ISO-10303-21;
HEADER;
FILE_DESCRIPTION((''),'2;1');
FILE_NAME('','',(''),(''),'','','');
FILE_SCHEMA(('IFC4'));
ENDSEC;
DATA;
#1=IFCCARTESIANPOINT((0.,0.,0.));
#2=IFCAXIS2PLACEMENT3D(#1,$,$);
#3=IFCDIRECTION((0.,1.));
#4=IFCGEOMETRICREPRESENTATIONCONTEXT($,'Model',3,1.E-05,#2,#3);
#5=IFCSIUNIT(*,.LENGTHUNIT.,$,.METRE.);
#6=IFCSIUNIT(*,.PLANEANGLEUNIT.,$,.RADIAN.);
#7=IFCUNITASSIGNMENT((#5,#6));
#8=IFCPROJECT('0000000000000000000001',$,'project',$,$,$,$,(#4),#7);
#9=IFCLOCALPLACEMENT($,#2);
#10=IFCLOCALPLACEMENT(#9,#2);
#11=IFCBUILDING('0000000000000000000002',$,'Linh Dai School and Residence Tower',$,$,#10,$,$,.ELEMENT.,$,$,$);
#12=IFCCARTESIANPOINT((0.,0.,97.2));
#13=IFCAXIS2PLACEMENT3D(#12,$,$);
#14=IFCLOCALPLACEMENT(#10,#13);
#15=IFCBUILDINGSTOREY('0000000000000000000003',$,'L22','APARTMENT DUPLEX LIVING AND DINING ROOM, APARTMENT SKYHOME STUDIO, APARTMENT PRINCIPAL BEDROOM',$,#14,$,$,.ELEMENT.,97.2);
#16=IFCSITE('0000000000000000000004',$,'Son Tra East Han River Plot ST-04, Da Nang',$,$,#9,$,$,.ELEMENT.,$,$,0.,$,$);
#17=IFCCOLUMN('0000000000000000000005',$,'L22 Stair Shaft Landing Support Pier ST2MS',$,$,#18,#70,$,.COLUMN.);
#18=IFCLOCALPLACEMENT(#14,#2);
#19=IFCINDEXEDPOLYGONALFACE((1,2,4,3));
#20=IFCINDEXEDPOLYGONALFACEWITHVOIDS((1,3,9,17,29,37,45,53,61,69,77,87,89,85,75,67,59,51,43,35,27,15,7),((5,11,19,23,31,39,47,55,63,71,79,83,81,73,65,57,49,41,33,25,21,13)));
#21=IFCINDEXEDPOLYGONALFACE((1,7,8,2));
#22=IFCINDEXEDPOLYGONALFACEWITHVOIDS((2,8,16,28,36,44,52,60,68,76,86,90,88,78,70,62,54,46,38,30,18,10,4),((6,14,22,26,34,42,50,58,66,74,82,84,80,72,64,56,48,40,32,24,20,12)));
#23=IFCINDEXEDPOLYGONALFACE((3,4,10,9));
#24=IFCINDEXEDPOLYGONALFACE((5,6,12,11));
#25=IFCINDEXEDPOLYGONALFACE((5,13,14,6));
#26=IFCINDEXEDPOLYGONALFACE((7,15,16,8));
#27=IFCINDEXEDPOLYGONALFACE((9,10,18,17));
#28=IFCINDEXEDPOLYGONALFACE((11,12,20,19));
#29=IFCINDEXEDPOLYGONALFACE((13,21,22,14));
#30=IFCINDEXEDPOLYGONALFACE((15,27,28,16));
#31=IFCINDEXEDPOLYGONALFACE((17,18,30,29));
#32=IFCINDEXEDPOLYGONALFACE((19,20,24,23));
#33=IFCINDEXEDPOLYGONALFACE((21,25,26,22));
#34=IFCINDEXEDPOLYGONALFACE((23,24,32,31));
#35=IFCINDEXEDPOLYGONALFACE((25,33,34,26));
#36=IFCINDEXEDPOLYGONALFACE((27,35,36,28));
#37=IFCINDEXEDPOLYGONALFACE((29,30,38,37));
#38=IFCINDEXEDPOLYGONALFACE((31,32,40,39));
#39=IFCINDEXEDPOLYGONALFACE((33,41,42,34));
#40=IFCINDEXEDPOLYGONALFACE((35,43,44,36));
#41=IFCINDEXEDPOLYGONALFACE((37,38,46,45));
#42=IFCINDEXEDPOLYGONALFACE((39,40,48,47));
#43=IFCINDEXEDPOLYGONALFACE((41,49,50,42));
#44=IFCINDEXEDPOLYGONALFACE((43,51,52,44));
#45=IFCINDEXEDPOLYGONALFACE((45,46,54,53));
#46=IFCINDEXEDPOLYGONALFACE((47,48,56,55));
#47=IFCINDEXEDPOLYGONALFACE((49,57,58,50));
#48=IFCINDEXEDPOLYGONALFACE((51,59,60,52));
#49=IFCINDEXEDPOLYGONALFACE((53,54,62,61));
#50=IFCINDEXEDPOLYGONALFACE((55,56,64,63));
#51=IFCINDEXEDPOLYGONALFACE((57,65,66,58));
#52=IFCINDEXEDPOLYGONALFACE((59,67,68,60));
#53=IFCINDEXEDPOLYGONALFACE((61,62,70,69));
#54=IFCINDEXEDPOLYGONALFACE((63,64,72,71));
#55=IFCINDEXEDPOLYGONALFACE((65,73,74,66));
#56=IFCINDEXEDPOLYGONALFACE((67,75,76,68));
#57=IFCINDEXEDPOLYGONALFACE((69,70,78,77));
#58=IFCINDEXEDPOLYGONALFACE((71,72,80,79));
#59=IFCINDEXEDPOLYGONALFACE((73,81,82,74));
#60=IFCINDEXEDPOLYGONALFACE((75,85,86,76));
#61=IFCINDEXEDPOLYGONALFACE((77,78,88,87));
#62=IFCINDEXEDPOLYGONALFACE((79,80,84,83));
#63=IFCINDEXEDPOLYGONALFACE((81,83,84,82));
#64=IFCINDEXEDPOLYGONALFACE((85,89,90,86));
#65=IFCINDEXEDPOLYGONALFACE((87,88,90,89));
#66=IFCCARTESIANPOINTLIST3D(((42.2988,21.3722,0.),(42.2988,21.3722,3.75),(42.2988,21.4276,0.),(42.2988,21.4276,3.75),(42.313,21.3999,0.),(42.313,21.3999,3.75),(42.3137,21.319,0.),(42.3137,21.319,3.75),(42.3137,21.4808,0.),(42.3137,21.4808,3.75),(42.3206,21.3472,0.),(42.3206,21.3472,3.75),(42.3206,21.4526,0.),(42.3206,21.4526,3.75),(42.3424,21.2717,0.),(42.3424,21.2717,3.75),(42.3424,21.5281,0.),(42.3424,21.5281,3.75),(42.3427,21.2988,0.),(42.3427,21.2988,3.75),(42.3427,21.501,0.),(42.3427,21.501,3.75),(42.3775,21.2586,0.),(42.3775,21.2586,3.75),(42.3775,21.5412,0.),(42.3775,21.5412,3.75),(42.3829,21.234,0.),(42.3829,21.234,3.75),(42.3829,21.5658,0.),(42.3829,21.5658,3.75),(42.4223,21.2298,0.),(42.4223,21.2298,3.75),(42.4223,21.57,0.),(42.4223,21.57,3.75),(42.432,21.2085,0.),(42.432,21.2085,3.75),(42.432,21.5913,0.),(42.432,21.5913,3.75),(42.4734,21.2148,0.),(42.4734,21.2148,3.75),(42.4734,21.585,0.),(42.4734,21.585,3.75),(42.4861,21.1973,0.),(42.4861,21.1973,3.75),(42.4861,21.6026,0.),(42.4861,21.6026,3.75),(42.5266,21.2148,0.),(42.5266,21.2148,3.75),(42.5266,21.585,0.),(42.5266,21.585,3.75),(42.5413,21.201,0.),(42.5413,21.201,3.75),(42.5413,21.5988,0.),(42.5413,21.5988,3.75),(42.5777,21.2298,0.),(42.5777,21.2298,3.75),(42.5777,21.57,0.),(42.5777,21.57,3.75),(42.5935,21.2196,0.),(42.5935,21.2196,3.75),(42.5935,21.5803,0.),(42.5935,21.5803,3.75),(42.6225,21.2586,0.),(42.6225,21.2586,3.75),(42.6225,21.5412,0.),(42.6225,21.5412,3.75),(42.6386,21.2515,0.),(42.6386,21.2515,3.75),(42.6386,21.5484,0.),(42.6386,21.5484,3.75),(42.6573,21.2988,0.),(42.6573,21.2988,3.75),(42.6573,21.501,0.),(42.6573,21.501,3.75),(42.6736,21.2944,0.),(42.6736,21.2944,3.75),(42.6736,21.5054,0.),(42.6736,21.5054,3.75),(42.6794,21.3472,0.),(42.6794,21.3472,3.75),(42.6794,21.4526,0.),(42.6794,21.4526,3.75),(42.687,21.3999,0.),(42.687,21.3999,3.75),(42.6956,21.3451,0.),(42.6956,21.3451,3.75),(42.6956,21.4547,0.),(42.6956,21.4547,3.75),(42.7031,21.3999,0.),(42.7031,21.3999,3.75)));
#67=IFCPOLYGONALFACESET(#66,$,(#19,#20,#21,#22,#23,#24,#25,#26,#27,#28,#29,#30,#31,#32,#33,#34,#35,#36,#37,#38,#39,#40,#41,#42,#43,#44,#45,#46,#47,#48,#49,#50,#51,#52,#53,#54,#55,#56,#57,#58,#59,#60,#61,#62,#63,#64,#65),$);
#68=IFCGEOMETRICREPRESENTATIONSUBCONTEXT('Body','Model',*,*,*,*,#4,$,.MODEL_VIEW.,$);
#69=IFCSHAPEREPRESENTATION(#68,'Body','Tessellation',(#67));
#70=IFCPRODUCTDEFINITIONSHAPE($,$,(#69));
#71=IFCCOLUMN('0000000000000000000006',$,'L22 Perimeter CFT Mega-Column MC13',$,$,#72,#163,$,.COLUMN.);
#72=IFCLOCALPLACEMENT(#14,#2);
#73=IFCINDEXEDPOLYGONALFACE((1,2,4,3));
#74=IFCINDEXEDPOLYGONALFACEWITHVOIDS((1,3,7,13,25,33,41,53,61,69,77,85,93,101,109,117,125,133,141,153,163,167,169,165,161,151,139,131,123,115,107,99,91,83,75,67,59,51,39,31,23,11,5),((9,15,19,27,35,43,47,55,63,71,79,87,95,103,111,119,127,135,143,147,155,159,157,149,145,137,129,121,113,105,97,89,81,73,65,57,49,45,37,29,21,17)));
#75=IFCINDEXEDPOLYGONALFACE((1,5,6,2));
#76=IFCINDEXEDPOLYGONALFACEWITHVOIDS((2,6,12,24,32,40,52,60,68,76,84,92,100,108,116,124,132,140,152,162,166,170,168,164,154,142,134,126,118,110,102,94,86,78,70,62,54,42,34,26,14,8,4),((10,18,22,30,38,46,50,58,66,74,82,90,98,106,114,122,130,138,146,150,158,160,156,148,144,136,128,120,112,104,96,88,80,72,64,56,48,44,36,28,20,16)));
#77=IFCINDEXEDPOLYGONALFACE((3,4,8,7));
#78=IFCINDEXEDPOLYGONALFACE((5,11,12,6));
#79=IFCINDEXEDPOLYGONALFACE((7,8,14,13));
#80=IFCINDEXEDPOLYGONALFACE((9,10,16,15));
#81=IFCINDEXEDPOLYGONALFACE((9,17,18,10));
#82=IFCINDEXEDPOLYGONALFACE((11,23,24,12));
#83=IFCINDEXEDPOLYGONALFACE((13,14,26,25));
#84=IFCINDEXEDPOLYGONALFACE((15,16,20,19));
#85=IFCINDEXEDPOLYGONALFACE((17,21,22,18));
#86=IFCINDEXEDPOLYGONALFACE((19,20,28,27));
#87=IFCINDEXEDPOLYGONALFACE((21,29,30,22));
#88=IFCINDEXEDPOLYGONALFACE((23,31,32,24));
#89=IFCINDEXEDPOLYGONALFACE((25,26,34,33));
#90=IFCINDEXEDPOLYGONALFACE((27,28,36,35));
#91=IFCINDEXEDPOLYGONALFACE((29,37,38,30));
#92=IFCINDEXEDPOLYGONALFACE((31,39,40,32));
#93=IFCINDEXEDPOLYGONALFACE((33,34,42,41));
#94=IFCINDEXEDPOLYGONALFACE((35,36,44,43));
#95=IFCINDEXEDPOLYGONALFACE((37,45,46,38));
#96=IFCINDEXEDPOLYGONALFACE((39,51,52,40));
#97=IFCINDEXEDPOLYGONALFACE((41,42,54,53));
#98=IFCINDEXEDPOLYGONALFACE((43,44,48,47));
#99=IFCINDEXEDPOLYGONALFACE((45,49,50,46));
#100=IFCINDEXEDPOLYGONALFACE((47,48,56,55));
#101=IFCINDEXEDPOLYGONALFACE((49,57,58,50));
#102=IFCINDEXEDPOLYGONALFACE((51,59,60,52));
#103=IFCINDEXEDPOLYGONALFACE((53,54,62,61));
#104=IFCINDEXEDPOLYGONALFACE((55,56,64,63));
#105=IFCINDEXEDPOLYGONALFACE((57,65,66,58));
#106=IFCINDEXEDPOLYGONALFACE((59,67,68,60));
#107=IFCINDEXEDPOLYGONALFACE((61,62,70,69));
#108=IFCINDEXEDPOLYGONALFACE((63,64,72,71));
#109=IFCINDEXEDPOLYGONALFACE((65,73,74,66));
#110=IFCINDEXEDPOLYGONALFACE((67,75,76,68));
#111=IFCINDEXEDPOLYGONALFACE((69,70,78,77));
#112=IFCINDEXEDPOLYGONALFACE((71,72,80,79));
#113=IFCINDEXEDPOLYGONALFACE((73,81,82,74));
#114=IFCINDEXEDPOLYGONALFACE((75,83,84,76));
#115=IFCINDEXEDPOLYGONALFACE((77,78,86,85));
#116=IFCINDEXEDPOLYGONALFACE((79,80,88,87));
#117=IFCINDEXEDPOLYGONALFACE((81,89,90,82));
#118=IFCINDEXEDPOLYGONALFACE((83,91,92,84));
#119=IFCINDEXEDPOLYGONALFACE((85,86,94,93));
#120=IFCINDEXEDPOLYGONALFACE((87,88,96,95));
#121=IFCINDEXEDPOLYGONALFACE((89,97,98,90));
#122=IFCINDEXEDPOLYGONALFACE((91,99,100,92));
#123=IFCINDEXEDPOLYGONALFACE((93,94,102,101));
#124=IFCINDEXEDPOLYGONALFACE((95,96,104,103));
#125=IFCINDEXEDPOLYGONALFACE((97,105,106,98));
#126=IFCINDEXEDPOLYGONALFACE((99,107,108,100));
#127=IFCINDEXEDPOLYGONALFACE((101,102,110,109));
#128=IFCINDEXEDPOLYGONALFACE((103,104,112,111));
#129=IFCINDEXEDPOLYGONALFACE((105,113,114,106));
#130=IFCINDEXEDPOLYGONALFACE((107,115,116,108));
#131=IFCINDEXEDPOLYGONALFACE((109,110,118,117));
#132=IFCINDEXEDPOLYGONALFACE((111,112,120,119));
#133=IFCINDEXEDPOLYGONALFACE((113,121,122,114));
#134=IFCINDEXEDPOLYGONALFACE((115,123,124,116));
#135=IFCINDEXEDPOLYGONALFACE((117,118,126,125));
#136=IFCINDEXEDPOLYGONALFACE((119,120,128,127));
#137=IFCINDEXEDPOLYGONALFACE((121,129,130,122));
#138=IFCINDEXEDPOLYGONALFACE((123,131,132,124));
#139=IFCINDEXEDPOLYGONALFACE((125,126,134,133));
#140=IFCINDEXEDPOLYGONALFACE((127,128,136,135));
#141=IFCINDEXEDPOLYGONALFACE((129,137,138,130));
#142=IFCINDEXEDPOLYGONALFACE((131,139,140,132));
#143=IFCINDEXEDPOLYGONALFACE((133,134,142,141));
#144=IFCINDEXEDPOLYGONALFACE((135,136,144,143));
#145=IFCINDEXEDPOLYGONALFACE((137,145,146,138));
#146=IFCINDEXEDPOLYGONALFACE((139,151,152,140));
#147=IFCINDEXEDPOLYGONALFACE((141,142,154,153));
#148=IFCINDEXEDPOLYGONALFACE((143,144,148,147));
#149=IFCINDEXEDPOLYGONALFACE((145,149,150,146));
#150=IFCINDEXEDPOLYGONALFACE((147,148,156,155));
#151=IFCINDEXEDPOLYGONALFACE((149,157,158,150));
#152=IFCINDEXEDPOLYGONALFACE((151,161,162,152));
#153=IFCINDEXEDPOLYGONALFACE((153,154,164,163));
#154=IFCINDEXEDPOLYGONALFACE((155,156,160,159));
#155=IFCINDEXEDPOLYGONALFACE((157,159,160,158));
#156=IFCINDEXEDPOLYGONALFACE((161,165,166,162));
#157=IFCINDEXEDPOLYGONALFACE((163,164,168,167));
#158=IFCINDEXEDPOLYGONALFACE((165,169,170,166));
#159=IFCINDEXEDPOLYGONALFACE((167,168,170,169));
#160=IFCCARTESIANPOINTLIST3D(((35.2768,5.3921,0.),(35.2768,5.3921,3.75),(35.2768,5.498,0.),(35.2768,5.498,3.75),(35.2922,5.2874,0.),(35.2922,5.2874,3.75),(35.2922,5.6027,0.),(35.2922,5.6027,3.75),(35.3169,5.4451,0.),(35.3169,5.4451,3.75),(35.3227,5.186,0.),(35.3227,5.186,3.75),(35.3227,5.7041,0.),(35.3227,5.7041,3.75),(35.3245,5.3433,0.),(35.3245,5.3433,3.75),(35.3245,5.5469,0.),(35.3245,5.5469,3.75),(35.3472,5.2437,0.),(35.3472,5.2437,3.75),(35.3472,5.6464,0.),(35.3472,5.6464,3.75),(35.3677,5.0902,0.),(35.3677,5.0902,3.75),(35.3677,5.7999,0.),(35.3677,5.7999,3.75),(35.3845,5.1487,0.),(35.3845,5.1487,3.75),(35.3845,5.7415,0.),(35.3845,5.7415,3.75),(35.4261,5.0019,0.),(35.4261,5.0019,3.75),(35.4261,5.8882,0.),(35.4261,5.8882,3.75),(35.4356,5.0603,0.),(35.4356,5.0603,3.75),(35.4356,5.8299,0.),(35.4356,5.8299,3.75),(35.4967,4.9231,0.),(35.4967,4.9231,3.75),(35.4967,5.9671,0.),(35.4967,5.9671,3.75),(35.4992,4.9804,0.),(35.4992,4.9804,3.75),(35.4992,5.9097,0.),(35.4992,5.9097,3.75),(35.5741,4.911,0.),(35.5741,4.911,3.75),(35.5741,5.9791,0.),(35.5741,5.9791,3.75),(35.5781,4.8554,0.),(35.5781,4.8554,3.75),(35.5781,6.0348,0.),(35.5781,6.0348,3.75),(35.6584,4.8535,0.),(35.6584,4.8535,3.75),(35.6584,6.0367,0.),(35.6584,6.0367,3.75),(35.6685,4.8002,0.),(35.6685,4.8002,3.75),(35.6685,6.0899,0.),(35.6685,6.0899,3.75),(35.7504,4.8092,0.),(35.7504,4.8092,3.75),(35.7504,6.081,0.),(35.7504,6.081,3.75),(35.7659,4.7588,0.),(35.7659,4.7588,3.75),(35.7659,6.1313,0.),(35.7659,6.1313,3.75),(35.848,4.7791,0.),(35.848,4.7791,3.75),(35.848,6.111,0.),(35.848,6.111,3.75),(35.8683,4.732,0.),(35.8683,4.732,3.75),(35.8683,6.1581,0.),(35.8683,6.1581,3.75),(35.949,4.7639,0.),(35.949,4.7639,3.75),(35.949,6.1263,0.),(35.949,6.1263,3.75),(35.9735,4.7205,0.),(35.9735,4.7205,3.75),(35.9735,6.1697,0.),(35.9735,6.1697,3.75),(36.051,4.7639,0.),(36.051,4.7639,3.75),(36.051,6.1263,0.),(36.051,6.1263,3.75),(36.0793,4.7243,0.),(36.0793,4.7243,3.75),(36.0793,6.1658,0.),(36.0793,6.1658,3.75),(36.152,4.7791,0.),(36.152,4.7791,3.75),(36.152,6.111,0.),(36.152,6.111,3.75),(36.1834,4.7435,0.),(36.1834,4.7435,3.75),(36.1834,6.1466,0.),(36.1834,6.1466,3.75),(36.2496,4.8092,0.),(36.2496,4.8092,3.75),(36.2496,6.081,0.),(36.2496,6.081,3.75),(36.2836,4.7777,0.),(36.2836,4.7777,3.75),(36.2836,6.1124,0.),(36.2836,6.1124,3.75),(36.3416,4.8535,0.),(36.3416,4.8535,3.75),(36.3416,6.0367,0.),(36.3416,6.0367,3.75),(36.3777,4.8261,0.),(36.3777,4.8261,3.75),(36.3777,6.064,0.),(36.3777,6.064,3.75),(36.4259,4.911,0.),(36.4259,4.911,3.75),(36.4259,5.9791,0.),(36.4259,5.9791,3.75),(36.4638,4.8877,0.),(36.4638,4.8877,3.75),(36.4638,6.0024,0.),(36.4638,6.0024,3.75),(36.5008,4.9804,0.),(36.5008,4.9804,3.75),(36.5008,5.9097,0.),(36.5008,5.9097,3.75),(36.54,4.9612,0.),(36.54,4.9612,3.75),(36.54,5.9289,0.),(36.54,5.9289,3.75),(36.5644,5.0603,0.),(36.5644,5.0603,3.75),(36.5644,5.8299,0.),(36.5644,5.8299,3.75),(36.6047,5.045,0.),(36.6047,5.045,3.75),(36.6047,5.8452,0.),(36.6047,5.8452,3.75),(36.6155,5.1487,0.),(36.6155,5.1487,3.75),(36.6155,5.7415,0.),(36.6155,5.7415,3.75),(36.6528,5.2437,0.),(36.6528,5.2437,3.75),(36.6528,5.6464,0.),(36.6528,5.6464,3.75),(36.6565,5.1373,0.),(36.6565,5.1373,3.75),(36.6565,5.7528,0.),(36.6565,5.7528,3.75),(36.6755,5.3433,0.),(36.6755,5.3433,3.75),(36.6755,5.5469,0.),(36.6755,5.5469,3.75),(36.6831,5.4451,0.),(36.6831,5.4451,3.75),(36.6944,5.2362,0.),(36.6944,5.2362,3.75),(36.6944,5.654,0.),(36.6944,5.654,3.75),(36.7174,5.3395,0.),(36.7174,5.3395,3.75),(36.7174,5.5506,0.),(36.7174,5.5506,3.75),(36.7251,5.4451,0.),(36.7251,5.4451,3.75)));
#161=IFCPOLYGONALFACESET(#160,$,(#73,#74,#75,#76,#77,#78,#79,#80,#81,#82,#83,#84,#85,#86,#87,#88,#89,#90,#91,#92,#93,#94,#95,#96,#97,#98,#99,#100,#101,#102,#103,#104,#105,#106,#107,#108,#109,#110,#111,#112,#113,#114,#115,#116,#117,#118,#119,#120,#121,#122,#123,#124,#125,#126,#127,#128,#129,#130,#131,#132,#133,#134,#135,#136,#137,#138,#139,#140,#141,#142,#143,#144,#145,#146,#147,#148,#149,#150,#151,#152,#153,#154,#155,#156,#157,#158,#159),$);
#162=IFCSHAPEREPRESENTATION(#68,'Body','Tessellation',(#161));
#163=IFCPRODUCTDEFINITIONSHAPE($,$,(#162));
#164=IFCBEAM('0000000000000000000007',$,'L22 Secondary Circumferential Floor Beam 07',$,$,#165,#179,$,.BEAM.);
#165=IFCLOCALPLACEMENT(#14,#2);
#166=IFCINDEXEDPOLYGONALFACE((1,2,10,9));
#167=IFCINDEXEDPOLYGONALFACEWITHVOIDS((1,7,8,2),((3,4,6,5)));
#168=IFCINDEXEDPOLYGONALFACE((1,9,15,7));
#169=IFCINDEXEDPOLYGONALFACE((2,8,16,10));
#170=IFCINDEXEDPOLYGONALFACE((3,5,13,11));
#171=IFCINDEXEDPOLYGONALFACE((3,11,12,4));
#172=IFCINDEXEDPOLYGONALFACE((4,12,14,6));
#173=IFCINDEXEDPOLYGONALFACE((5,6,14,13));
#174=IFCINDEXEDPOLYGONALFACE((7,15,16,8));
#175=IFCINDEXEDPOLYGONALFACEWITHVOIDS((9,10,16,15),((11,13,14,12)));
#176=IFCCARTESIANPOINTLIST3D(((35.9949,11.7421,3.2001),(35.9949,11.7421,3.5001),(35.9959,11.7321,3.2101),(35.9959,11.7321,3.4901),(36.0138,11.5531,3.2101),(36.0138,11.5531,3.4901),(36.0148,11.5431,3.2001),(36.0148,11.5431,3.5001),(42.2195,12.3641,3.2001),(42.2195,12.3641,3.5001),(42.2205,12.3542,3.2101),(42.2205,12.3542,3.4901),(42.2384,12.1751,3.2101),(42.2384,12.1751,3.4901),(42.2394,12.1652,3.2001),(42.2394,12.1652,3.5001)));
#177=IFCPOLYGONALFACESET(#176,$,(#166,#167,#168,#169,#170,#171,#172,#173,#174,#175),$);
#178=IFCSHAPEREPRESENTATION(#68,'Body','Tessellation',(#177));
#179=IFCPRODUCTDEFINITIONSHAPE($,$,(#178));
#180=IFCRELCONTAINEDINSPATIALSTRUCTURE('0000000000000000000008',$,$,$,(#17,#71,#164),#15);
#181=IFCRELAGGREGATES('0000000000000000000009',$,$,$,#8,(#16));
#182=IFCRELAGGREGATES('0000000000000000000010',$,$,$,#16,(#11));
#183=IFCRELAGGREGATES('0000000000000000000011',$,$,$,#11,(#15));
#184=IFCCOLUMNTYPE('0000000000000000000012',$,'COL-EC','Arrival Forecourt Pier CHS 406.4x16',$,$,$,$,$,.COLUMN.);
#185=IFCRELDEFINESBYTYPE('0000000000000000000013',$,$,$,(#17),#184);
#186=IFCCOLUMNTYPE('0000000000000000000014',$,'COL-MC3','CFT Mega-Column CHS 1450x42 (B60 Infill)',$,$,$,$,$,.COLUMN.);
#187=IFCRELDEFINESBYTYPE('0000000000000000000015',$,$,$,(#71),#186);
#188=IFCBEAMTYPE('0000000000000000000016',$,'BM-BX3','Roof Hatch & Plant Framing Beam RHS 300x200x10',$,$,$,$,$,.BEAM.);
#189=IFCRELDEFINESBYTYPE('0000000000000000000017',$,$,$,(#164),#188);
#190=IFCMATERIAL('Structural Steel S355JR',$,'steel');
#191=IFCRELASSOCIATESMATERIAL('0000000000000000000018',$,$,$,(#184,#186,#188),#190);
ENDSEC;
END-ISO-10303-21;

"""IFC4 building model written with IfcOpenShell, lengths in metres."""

from ifc_helpers import new_model, si_unit, direction, frame, origin, origin_2d, place, context, subcontext, project, spatial, hollow_rectangle, hollow_circle, extrude, material, material_profile, profile_set, type_object, element, save


model = new_model("IFC4")

# Units and contexts
model_context = context("Model", 3, precision=1e-05, world=origin(), true_north=direction((0.0, 1.0)))
body_context = subcontext(model_context, "Body", "Model", "MODEL_VIEW")
ifc_project = project(units=[si_unit("LENGTHUNIT", "METRE"), si_unit("PLANEANGLEUNIT", "RADIAN")], contexts=[model_context])

# Site, building, storey
site_placement = place(None, origin())
site = spatial("IfcSite", under=ifc_project, at=site_placement, Name="Son Tra East Han River Plot ST-04, Da Nang", CompositionType="ELEMENT", RefElevation=0.0)
building_placement = place(site_placement, origin())
building = spatial("IfcBuilding", under=site, at=building_placement, Name="Linh Dai School and Residence Tower", CompositionType="ELEMENT")
storey_placement = place(building_placement, frame((0.0, 0.0, 97.2)))
storey = spatial("IfcBuildingStorey", under=building, at=storey_placement, Name="L22", Description="APARTMENT DUPLEX LIVING AND DINING ROOM, APARTMENT SKYHOME STUDIO, APARTMENT PRINCIPAL BEDROOM", CompositionType="ELEMENT", Elevation=97.2)

# Columns
ifc_material_1 = material(Name="Structural Steel S355JR", Category="steel")
ifc_material_profile_1 = material_profile(ifc_material_1, hollow_circle(Radius=0.2031, WallThickness=0.0161, at=origin_2d()), Name="CHS 406.4x16")
ifc_profile_set_1 = profile_set([ifc_material_profile_1], Name="Structural Steel S355JR")
column_type_1 = type_object("IfcColumnType", Name="COL-EC", Description="Arrival Forecourt Pier CHS 406.4x16", PredefinedType="COLUMN", material=ifc_profile_set_1)
column_1_placement = place(storey_placement, frame((42.5, 21.3999, 0.0), z_axis=(0.0, 0.0, 1.0), x_axis=(1.0, 0.0, 0.0)))
element("IfcColumn", 1, at=column_1_placement, inside=storey, type_object=column_type_1, Name="L22 Stair Shaft Landing Support Pier ST2MS", PredefinedType="COLUMN", context=body_context, shape_type="SweptSolid", body=[
    extrude(hollow_circle(Radius=0.2031, WallThickness=0.0161, at=origin_2d()), origin(), (0.0, 0.0, 1.0), 3.75),
])
ifc_material_profile_2 = material_profile(ifc_material_1, hollow_circle(Radius=0.7251, WallThickness=0.042, at=origin_2d()), Name="CHS 1450x42")
ifc_profile_set_2 = profile_set([ifc_material_profile_2], Name="Structural Steel S355JR")
column_type_2 = type_object("IfcColumnType", Name="COL-MC3", Description="CFT Mega-Column CHS 1450x42 (B60 Infill)", PredefinedType="COLUMN", material=ifc_profile_set_2)
column_2_placement = place(storey_placement, frame((36.0, 5.4451, 0.0), z_axis=(0.0, 0.0, 1.0), x_axis=(1.0, 0.0, 0.0)))
element("IfcColumn", 2, at=column_2_placement, inside=storey, type_object=column_type_2, Name="L22 Perimeter CFT Mega-Column MC13", PredefinedType="COLUMN", context=body_context, shape_type="SweptSolid", body=[
    extrude(hollow_circle(Radius=0.7251, WallThickness=0.042, at=origin_2d()), origin(), (0.0, 0.0, 1.0), 3.75),
])

# Beam
ifc_material_profile_3 = material_profile(ifc_material_1, hollow_rectangle(XDim=0.2, YDim=0.3, WallThickness=0.01, at=origin_2d()), Name="RHS 300x200x10")
ifc_profile_set_3 = profile_set([ifc_material_profile_3], Name="Structural Steel S355JR")
beam_type_1 = type_object("IfcBeamType", Name="BM-BX3", Description="Roof Hatch & Plant Framing Beam RHS 300x200x10", PredefinedType="BEAM", material=ifc_profile_set_3)
beam_1_placement = place(storey_placement, frame((36.0049, 11.6426, 3.3501), z_axis=(0.995043, 0.099442, 0.0), x_axis=(-0.099442, 0.995043, 0.0)))
element("IfcBeam", 3, at=beam_1_placement, inside=storey, type_object=beam_type_1, Name="L22 Secondary Circumferential Floor Beam 07", PredefinedType="BEAM", context=body_context, shape_type="SweptSolid", body=[
    extrude(hollow_rectangle(XDim=0.2, YDim=0.3, WallThickness=0.01, at=origin_2d()), origin(), (0.0, 0.0, 1.0), 6.2556),
])

save(model, "model.ifc")
